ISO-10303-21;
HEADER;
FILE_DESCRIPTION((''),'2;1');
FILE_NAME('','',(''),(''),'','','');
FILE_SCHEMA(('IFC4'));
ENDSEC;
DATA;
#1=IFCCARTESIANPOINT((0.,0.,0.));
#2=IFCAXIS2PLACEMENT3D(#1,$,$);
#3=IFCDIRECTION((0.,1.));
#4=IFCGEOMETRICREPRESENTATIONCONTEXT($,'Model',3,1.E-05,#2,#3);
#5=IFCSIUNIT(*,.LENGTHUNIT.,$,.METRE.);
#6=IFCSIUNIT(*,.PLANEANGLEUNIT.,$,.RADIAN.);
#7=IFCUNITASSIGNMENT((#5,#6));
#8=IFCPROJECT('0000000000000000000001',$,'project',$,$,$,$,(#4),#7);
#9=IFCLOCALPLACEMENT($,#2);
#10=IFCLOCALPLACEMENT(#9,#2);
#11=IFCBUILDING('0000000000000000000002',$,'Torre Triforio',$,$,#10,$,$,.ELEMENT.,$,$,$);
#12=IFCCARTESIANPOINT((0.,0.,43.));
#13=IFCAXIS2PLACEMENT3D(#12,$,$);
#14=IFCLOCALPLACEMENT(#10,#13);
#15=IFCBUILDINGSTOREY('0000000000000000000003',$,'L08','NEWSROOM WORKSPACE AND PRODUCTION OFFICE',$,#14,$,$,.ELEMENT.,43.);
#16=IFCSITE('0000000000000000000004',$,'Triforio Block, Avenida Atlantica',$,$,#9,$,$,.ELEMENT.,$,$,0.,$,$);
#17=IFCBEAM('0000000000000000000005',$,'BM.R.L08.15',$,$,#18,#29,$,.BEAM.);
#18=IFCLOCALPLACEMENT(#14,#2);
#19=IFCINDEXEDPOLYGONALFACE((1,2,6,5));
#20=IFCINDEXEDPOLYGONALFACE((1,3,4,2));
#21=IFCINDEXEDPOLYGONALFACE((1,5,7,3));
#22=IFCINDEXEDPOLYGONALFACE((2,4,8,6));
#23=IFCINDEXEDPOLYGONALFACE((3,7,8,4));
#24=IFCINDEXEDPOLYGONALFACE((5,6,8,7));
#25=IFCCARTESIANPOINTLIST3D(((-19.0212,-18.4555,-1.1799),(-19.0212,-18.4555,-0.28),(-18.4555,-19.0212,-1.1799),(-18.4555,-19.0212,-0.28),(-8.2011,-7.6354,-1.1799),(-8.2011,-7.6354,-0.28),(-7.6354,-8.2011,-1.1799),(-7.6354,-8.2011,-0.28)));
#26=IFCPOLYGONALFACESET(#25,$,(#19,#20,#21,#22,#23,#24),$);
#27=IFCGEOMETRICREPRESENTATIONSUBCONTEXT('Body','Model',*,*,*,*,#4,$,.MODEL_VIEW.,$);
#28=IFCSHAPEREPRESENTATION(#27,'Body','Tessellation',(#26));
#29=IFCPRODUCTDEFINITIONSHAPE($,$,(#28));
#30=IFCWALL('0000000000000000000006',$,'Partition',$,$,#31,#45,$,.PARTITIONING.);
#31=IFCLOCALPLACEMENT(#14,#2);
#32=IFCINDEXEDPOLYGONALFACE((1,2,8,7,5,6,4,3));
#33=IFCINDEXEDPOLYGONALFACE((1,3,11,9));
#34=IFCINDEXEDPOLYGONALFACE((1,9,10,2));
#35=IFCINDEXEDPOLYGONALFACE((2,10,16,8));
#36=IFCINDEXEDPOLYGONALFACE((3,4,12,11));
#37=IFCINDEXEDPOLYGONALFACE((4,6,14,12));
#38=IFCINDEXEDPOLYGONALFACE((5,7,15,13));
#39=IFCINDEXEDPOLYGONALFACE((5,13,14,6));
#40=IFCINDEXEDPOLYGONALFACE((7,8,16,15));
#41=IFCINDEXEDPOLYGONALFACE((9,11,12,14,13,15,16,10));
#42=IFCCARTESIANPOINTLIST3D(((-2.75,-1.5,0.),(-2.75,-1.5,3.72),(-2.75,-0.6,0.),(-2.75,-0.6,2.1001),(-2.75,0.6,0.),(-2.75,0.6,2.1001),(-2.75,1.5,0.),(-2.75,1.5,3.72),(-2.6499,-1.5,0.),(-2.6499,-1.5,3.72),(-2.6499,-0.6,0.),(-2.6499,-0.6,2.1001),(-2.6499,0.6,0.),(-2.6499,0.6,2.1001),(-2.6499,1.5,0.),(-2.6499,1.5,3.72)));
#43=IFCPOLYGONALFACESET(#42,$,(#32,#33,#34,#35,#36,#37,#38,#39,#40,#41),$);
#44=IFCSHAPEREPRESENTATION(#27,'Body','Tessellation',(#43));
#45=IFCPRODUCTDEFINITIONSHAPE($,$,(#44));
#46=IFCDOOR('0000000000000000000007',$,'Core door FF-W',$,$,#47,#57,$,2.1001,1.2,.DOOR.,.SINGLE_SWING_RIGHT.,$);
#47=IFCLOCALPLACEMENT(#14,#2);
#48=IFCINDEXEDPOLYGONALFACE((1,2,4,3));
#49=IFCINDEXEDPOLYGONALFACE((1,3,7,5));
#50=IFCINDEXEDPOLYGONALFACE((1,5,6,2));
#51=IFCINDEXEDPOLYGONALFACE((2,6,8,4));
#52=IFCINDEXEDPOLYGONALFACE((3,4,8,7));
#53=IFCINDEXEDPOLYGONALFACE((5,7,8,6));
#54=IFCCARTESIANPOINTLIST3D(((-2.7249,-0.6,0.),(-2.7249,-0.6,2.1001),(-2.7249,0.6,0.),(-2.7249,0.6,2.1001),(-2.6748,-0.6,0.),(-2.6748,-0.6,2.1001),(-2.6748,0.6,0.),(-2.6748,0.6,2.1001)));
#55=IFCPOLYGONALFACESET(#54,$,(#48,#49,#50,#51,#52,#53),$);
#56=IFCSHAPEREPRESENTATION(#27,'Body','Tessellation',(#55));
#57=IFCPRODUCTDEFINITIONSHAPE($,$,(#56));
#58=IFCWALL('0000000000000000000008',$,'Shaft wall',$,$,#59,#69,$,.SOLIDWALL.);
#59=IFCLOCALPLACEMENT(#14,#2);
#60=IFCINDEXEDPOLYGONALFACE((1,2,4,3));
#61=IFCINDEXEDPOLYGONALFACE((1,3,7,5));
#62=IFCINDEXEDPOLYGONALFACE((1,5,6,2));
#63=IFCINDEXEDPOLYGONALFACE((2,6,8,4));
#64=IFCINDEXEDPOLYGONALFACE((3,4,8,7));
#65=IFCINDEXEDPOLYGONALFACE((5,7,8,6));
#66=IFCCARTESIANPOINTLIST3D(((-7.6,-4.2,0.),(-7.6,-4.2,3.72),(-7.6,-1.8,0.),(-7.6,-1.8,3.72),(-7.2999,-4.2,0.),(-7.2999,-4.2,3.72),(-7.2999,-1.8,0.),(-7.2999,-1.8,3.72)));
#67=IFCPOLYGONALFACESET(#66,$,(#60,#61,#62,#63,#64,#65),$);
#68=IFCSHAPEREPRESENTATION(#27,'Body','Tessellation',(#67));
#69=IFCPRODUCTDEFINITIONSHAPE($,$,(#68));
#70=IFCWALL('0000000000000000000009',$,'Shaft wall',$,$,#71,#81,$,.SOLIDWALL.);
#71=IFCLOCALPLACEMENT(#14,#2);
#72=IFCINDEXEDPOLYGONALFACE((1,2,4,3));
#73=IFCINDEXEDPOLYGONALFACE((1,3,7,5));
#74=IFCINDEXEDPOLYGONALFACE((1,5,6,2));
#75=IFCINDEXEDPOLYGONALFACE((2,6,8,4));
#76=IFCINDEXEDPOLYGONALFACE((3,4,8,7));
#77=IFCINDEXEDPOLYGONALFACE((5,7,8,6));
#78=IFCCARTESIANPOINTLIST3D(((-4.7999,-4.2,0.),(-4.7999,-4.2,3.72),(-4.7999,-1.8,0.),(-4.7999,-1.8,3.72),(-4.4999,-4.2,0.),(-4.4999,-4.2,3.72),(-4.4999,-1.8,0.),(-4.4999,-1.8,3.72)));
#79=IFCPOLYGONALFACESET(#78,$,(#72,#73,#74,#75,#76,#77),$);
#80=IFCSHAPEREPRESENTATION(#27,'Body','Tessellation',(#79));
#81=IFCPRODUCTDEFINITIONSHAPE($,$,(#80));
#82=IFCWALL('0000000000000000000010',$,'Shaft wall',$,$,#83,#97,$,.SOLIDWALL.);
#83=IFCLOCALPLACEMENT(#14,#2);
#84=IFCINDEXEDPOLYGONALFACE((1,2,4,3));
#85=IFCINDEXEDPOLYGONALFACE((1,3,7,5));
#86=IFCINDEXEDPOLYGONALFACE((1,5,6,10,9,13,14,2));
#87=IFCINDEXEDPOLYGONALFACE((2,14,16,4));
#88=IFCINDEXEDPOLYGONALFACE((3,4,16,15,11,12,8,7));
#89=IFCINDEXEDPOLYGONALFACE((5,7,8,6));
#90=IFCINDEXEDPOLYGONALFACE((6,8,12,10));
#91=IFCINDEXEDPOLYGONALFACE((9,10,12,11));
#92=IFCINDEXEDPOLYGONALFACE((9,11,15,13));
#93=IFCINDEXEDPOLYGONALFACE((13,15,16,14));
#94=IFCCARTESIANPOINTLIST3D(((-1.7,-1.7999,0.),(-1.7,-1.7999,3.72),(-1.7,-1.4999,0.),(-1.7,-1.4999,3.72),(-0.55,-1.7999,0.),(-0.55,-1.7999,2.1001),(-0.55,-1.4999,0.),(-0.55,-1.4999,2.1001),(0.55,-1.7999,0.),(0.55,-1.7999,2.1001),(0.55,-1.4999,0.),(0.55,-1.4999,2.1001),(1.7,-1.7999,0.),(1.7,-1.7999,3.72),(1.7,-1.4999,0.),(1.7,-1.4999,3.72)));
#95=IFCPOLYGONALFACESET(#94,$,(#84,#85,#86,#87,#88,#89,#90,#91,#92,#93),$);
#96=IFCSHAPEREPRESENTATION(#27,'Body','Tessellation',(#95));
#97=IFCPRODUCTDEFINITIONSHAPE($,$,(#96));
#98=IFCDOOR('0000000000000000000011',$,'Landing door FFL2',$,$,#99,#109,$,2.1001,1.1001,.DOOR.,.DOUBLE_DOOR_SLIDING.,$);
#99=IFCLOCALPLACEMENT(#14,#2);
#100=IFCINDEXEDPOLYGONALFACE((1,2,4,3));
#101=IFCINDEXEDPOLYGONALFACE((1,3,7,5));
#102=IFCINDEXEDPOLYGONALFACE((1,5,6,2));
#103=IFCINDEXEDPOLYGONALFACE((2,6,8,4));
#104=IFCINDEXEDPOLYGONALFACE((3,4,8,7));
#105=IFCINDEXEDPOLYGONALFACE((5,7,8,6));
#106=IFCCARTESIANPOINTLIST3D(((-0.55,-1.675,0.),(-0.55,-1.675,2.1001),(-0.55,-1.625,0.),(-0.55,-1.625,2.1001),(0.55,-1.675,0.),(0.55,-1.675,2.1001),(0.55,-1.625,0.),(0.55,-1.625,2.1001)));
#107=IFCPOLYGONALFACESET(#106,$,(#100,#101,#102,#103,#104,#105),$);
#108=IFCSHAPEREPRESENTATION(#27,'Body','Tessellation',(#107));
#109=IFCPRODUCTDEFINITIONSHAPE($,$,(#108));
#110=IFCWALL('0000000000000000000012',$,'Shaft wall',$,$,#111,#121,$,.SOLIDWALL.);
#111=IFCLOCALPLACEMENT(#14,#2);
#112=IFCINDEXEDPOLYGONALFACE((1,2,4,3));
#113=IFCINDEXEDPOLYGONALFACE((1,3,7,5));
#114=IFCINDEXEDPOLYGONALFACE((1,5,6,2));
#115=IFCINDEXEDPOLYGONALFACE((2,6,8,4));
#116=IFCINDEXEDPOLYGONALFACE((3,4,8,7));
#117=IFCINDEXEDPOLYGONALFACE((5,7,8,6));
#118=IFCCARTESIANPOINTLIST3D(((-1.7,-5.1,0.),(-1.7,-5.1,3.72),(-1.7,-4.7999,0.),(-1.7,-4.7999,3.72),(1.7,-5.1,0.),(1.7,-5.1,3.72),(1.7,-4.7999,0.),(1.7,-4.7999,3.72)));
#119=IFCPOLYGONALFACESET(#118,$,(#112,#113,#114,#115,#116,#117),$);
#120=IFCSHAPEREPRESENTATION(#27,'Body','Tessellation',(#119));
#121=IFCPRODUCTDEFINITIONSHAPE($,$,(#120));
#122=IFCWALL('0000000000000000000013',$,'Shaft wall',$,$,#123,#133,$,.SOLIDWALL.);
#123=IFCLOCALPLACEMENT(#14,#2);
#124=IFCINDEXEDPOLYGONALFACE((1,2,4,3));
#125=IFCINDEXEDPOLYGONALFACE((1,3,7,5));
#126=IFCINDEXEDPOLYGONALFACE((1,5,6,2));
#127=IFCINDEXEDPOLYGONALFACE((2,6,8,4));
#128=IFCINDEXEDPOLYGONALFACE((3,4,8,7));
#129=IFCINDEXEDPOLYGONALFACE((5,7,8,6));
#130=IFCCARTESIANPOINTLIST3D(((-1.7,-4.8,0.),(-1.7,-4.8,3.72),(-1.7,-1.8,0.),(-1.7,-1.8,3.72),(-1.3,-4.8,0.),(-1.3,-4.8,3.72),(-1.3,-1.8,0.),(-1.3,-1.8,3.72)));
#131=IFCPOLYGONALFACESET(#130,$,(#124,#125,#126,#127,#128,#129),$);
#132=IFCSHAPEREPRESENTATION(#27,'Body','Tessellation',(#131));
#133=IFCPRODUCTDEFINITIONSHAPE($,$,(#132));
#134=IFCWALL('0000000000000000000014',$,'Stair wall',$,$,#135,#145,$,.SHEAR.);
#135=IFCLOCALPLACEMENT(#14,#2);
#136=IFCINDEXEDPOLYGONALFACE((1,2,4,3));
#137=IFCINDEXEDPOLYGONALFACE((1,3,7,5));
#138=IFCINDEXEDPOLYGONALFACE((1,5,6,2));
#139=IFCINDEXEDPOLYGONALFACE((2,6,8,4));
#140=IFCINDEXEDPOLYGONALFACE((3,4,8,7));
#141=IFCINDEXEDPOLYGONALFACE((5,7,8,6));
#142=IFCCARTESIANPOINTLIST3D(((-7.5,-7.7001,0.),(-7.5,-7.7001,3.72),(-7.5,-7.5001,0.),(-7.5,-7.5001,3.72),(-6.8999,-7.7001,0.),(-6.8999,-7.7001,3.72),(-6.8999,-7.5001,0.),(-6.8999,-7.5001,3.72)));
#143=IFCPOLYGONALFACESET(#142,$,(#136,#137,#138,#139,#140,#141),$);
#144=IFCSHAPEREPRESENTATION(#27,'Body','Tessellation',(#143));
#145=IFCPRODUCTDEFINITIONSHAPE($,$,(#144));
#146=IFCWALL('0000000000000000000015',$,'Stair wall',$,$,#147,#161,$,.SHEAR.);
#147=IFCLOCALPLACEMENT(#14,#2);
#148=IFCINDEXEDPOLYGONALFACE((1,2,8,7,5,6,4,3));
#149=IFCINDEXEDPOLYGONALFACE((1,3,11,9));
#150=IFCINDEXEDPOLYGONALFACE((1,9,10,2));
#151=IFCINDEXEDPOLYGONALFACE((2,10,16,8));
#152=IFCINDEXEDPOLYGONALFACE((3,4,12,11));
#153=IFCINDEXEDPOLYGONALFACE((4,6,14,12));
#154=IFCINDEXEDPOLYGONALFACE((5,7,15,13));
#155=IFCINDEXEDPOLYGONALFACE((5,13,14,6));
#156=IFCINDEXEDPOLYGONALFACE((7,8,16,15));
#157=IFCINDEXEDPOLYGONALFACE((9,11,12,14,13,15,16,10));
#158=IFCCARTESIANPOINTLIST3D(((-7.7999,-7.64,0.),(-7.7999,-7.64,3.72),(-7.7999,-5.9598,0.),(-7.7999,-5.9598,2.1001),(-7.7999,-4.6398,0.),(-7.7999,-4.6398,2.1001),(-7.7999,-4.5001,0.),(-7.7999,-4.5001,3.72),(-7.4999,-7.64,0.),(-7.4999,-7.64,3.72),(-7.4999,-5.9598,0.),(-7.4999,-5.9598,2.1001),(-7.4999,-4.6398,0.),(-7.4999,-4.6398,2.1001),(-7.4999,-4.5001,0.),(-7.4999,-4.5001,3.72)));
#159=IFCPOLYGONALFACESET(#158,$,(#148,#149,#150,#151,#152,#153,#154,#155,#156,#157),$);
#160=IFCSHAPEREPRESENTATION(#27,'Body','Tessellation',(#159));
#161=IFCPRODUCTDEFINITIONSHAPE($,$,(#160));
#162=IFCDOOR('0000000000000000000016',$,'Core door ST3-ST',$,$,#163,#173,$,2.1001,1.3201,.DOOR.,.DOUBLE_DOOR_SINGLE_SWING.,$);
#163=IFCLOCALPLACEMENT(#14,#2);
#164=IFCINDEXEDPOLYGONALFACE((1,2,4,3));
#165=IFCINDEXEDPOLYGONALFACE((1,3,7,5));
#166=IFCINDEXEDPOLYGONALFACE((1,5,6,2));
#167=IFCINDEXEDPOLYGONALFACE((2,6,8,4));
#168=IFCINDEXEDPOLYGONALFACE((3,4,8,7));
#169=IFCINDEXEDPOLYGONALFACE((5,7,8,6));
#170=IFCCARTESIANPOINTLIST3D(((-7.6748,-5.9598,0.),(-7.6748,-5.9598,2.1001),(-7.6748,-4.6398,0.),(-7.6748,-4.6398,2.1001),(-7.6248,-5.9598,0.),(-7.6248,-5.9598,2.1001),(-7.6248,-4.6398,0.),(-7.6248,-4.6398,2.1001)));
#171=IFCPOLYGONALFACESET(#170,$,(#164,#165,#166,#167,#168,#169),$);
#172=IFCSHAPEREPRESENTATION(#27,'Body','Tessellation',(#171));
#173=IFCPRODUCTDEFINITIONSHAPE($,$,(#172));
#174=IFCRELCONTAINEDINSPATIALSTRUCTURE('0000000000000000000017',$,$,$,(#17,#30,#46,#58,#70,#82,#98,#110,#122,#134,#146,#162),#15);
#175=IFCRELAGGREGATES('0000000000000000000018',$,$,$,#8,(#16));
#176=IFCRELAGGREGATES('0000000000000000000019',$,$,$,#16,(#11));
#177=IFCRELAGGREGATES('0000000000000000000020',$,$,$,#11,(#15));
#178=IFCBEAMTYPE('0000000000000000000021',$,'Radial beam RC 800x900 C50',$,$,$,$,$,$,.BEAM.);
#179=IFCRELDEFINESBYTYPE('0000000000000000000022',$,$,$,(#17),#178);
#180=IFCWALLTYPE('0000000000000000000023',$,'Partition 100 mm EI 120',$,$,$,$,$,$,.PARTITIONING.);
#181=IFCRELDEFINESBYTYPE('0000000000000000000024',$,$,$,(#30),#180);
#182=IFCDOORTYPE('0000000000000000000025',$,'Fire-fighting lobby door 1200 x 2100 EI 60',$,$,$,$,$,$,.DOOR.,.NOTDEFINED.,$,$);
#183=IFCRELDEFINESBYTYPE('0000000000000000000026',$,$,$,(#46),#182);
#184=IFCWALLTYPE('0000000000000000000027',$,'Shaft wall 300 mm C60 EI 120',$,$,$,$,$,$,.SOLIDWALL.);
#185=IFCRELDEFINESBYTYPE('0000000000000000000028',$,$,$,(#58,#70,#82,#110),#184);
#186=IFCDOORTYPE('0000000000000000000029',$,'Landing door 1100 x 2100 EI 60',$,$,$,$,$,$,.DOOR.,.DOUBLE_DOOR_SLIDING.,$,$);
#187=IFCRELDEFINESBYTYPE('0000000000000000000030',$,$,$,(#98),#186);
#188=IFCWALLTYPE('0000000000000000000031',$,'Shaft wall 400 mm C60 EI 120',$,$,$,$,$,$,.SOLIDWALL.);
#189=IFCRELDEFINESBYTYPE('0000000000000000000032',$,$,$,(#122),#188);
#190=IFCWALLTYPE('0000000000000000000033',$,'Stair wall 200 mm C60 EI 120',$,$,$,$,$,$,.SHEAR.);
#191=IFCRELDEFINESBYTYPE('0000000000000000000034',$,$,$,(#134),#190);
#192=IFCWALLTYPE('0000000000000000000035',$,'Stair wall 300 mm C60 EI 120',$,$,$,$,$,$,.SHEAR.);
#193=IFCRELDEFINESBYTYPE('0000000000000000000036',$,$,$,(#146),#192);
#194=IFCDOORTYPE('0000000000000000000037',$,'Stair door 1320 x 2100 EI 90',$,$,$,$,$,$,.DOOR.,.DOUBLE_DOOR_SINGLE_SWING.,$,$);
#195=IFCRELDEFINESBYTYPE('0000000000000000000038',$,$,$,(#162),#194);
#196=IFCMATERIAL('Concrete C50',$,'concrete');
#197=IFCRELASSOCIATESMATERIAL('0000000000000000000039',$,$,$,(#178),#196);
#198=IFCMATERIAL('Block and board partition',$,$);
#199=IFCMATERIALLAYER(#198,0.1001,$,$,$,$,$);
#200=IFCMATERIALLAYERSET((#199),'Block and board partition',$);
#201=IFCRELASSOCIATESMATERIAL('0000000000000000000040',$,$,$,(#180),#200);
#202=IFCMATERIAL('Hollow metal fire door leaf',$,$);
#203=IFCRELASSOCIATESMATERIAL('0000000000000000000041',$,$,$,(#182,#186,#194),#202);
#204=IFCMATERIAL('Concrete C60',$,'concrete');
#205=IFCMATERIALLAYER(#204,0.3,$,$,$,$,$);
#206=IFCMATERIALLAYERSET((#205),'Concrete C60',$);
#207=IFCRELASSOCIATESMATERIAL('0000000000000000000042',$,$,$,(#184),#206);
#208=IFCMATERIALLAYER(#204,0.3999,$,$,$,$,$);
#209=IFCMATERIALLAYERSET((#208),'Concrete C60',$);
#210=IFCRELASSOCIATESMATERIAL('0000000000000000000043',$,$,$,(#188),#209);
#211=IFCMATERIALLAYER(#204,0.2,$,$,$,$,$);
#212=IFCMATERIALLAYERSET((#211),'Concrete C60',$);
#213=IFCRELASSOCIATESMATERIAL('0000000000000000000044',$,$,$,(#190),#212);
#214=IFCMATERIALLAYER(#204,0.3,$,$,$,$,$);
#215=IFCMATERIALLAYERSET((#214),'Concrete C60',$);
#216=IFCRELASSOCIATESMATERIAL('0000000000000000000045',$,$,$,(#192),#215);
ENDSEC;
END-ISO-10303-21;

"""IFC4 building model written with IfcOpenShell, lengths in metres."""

from ifc_helpers import new_model, si_unit, direction, frame, frame_2d, origin, origin_2d, place, context, subcontext, project, spatial, rectangle, extrude, material, layer, layer_set, material_profile, profile_set, type_object, element, fill, save


model = new_model("IFC4")

# Units and contexts
model_context = context("Model", 3, precision=1e-05, world=origin(), true_north=direction((0.0, 1.0)))
body_context = subcontext(model_context, "Body", "Model", "MODEL_VIEW")
ifc_project = project(units=[si_unit("LENGTHUNIT", "METRE"), si_unit("PLANEANGLEUNIT", "RADIAN")], contexts=[model_context])

# Site, building, storey
site_placement = place(None, origin())
site = spatial("IfcSite", under=ifc_project, at=site_placement, Name="Triforio Block, Avenida Atlantica", CompositionType="ELEMENT", RefElevation=0.0)
building_placement = place(site_placement, origin())
building = spatial("IfcBuilding", under=site, at=building_placement, Name="Torre Triforio", CompositionType="ELEMENT")
storey_placement = place(building_placement, frame((0.0, 0.0, 43.0)))
storey = spatial("IfcBuildingStorey", under=building, at=storey_placement, Name="L08", Description="NEWSROOM WORKSPACE AND PRODUCTION OFFICE", CompositionType="ELEMENT", Elevation=43.0)

# Beam
ifc_material_1 = material(Name="Concrete C50", Category="concrete")
ifc_material_profile = material_profile(ifc_material_1, rectangle(XDim=0.8, YDim=0.8999, at=origin_2d()), Name="RC 800x900")
ifc_profile_set = profile_set([ifc_material_profile], Name="Concrete C50")
beam_type = type_object("IfcBeamType", Name="Radial beam RC 800x900 C50", PredefinedType="BEAM", material=ifc_profile_set)
beam_placement = place(storey_placement, frame((-7.9182, -7.9182, -0.73), z_axis=(-0.707107, -0.707107, 0.0), x_axis=(0.707107, -0.707107, 0.0)))
element("IfcBeam", 1, at=beam_placement, inside=storey, type_object=beam_type, Name="BM.R.L08.15", PredefinedType="BEAM", context=body_context, shape_type="SweptSolid", body=[
    extrude(rectangle(XDim=0.8, YDim=0.8999, at=origin_2d()), origin(), (0.0, 0.0, 1.0), 15.302),
])

# Wall, opening, door
ifc_material_2 = material(Name="Block and board partition")
ifc_layer_1 = layer(ifc_material_2, 0.1001)
ifc_layer_set_1 = layer_set([ifc_layer_1], Name="Block and board partition")
wall_type_1 = type_object("IfcWallType", Name="Partition 100 mm EI 120", PredefinedType="PARTITIONING", material=ifc_layer_set_1)
wall_1_placement = place(storey_placement, frame((-2.7, -1.5, 0.0), z_axis=(0.0, 0.0, 1.0), x_axis=(0.0, 1.0, 0.0)))
wall_1 = element("IfcWall", 2, at=wall_1_placement, inside=storey, type_object=wall_type_1, Name="Partition", PredefinedType="PARTITIONING", context=body_context, shape_type="SweptSolid", body=[
    extrude(rectangle(XDim=3.0, YDim=0.1001, at=frame_2d((1.5, 0.0))), origin(), (0.0, 0.0, 1.0), 3.72),
])
opening_1_placement = place(wall_1_placement, frame((0.8999, 0.0, 0.0)))
opening_1 = element("IfcOpeningElement", 3, at=opening_1_placement, cuts=wall_1, PredefinedType="OPENING", context=body_context, shape_type="SweptSolid", body=[
    extrude(rectangle(XDim=1.2, YDim=2.1001, at=frame_2d((0.6001, 1.05))), frame((0.0, 0.0601, 0.0), z_axis=(0.0, -1.0, 0.0), x_axis=(1.0, 0.0, 0.0)), (0.0, 0.0, 1.0), 0.1201),
])
ifc_material_3 = material(Name="Hollow metal fire door leaf")
door_type_1 = type_object("IfcDoorType", Name="Fire-fighting lobby door 1200 x 2100 EI 60", OperationType="NOTDEFINED", PredefinedType="DOOR", material=ifc_material_3)
door_1_placement = place(opening_1_placement, origin())
door_1 = element("IfcDoor", 4, at=door_1_placement, inside=storey, type_object=door_type_1, Name="Core door FF-W", OperationType="SINGLE_SWING_RIGHT", OverallHeight=2.1001, OverallWidth=1.2, PredefinedType="DOOR", context=body_context, shape_type="SweptSolid", body=[
    extrude(rectangle(XDim=1.2, YDim=2.1001, at=frame_2d((0.6001, 1.05))), frame((0.0, 0.0249, 0.0), z_axis=(0.0, -1.0, 0.0), x_axis=(1.0, 0.0, 0.0)), (0.0, 0.0, 1.0), 0.05),
])
fill(opening_1, door_1)

# Walls
ifc_material_4 = material(Name="Concrete C60", Category="concrete")
ifc_layer_2 = layer(ifc_material_4, 0.3)
ifc_layer_set_2 = layer_set([ifc_layer_2], Name="Concrete C60")
wall_type_2 = type_object("IfcWallType", Name="Shaft wall 300 mm C60 EI 120", PredefinedType="SOLIDWALL", material=ifc_layer_set_2)
for number, where, z_axis, x_axis, name in (
    (5, (-7.45, -4.2, 0.0), (0.0, 0.0, 1.0), (0.0, 1.0, 0.0), "Shaft wall"),
    (6, (-4.6499, -4.2, 0.0), (0.0, 0.0, 1.0), (0.0, 1.0, 0.0), "Shaft wall"),
):
    element("IfcWall", number, at=place(storey_placement, frame(where, z_axis=z_axis, x_axis=x_axis)), inside=storey, type_object=wall_type_2, Name=name, PredefinedType="SOLIDWALL", context=body_context, shape_type="SweptSolid", body=[
        extrude(rectangle(XDim=2.3999, YDim=0.3, at=frame_2d((1.2, 0.0))), origin(), (0.0, 0.0, 1.0), 3.72),
    ])

# Wall, opening, door
wall_2_placement = place(storey_placement, frame((-1.7, -1.6499, 0.0), z_axis=(0.0, 0.0, 1.0), x_axis=(1.0, 0.0, 0.0)))
wall_2 = element("IfcWall", 7, at=wall_2_placement, inside=storey, type_object=wall_type_2, Name="Shaft wall", PredefinedType="SOLIDWALL", context=body_context, shape_type="SweptSolid", body=[
    extrude(rectangle(XDim=3.3999, YDim=0.3, at=frame_2d((1.7, 0.0))), origin(), (0.0, 0.0, 1.0), 3.72),
])
opening_2_placement = place(wall_2_placement, frame((1.1499, 0.0, 0.0)))
opening_2 = element("IfcOpeningElement", 8, at=opening_2_placement, cuts=wall_2, PredefinedType="OPENING", context=body_context, shape_type="SweptSolid", body=[
    extrude(rectangle(XDim=1.1001, YDim=2.1001, at=frame_2d((0.55, 1.05))), frame((0.0, 0.1599, 0.0), z_axis=(0.0, -1.0, 0.0), x_axis=(1.0, 0.0, 0.0)), (0.0, 0.0, 1.0), 0.3201),
])
door_type_2 = type_object("IfcDoorType", Name="Landing door 1100 x 2100 EI 60", OperationType="DOUBLE_DOOR_SLIDING", PredefinedType="DOOR", material=ifc_material_3)
door_2_placement = place(opening_2_placement, origin())
door_2 = element("IfcDoor", 9, at=door_2_placement, inside=storey, type_object=door_type_2, Name="Landing door FFL2", OperationType="DOUBLE_DOOR_SLIDING", OverallHeight=2.1001, OverallWidth=1.1001, PredefinedType="DOOR", context=body_context, shape_type="SweptSolid", body=[
    extrude(rectangle(XDim=1.1001, YDim=2.1001, at=frame_2d((0.55, 1.05))), frame((0.0, 0.0249, 0.0), z_axis=(0.0, -1.0, 0.0), x_axis=(1.0, 0.0, 0.0)), (0.0, 0.0, 1.0), 0.05),
])
fill(opening_2, door_2)

# Walls
wall_3_placement = place(storey_placement, frame((-1.7, -4.95, 0.0), z_axis=(0.0, 0.0, 1.0), x_axis=(1.0, 0.0, 0.0)))
element("IfcWall", 10, at=wall_3_placement, inside=storey, type_object=wall_type_2, Name="Shaft wall", PredefinedType="SOLIDWALL", context=body_context, shape_type="SweptSolid", body=[
    extrude(rectangle(XDim=3.3999, YDim=0.3, at=frame_2d((1.7, 0.0))), origin(), (0.0, 0.0, 1.0), 3.72),
])
ifc_layer_3 = layer(ifc_material_4, 0.3999)
ifc_layer_set_3 = layer_set([ifc_layer_3], Name="Concrete C60")
wall_type_3 = type_object("IfcWallType", Name="Shaft wall 400 mm C60 EI 120", PredefinedType="SOLIDWALL", material=ifc_layer_set_3)
wall_4_placement = place(storey_placement, frame((-1.5, -4.8, 0.0), z_axis=(0.0, 0.0, 1.0), x_axis=(0.0, 1.0, 0.0)))
element("IfcWall", 11, at=wall_4_placement, inside=storey, type_object=wall_type_3, Name="Shaft wall", PredefinedType="SOLIDWALL", context=body_context, shape_type="SweptSolid", body=[
    extrude(rectangle(XDim=3.0, YDim=0.3999, at=frame_2d((1.5, 0.0))), origin(), (0.0, 0.0, 1.0), 3.72),
])
ifc_layer_4 = layer(ifc_material_4, 0.2)
ifc_layer_set_4 = layer_set([ifc_layer_4], Name="Concrete C60")
wall_type_4 = type_object("IfcWallType", Name="Stair wall 200 mm C60 EI 120", PredefinedType="SHEAR", material=ifc_layer_set_4)
wall_5_placement = place(storey_placement, frame((-7.5, -7.6001, 0.0), z_axis=(0.0, 0.0, 1.0), x_axis=(1.0, 0.0, 0.0)))
element("IfcWall", 12, at=wall_5_placement, inside=storey, type_object=wall_type_4, Name="Stair wall", PredefinedType="SHEAR", context=body_context, shape_type="SweptSolid", body=[
    extrude(rectangle(XDim=0.6001, YDim=0.2, at=frame_2d((0.3, 0.0))), origin(), (0.0, 0.0, 1.0), 3.72),
])

# Wall, opening, door
ifc_layer_5 = layer(ifc_material_4, 0.3)
ifc_layer_set_5 = layer_set([ifc_layer_5], Name="Concrete C60")
wall_type_5 = type_object("IfcWallType", Name="Stair wall 300 mm C60 EI 120", PredefinedType="SHEAR", material=ifc_layer_set_5)
wall_6_placement = place(storey_placement, frame((-7.6499, -7.6399, 0.0), z_axis=(0.0, 0.0, 1.0), x_axis=(0.0, 1.0, 0.0)))
wall_6 = element("IfcWall", 13, at=wall_6_placement, inside=storey, type_object=wall_type_5, Name="Stair wall", PredefinedType="SHEAR", context=body_context, shape_type="SweptSolid", body=[
    extrude(rectangle(XDim=3.1399, YDim=0.3, at=frame_2d((1.5698, 0.0))), origin(), (0.0, 0.0, 1.0), 3.72),
])
opening_3_placement = place(wall_6_placement, frame((1.6799, 0.0, 0.0)))
opening_3 = element("IfcOpeningElement", 14, at=opening_3_placement, cuts=wall_6, PredefinedType="OPENING", context=body_context, shape_type="SweptSolid", body=[
    extrude(rectangle(XDim=1.3201, YDim=2.1001, at=frame_2d((0.6602, 1.05))), frame((0.0, 0.1599, 0.0), z_axis=(0.0, -1.0, 0.0), x_axis=(1.0, 0.0, 0.0)), (0.0, 0.0, 1.0), 0.3201),
])
door_type_3 = type_object("IfcDoorType", Name="Stair door 1320 x 2100 EI 90", OperationType="DOUBLE_DOOR_SINGLE_SWING", PredefinedType="DOOR", material=ifc_material_3)
door_3_placement = place(opening_3_placement, origin())
door_3 = element("IfcDoor", 15, at=door_3_placement, inside=storey, type_object=door_type_3, Name="Core door ST3-ST", OperationType="DOUBLE_DOOR_SINGLE_SWING", OverallHeight=2.1001, OverallWidth=1.3201, PredefinedType="DOOR", context=body_context, shape_type="SweptSolid", body=[
    extrude(rectangle(XDim=1.3201, YDim=2.1001, at=frame_2d((0.6602, 1.05))), frame((0.0, 0.0249, 0.0), z_axis=(0.0, -1.0, 0.0), x_axis=(1.0, 0.0, 0.0)), (0.0, 0.0, 1.0), 0.05),
])
fill(opening_3, door_3)

save(model, "model.ifc")
